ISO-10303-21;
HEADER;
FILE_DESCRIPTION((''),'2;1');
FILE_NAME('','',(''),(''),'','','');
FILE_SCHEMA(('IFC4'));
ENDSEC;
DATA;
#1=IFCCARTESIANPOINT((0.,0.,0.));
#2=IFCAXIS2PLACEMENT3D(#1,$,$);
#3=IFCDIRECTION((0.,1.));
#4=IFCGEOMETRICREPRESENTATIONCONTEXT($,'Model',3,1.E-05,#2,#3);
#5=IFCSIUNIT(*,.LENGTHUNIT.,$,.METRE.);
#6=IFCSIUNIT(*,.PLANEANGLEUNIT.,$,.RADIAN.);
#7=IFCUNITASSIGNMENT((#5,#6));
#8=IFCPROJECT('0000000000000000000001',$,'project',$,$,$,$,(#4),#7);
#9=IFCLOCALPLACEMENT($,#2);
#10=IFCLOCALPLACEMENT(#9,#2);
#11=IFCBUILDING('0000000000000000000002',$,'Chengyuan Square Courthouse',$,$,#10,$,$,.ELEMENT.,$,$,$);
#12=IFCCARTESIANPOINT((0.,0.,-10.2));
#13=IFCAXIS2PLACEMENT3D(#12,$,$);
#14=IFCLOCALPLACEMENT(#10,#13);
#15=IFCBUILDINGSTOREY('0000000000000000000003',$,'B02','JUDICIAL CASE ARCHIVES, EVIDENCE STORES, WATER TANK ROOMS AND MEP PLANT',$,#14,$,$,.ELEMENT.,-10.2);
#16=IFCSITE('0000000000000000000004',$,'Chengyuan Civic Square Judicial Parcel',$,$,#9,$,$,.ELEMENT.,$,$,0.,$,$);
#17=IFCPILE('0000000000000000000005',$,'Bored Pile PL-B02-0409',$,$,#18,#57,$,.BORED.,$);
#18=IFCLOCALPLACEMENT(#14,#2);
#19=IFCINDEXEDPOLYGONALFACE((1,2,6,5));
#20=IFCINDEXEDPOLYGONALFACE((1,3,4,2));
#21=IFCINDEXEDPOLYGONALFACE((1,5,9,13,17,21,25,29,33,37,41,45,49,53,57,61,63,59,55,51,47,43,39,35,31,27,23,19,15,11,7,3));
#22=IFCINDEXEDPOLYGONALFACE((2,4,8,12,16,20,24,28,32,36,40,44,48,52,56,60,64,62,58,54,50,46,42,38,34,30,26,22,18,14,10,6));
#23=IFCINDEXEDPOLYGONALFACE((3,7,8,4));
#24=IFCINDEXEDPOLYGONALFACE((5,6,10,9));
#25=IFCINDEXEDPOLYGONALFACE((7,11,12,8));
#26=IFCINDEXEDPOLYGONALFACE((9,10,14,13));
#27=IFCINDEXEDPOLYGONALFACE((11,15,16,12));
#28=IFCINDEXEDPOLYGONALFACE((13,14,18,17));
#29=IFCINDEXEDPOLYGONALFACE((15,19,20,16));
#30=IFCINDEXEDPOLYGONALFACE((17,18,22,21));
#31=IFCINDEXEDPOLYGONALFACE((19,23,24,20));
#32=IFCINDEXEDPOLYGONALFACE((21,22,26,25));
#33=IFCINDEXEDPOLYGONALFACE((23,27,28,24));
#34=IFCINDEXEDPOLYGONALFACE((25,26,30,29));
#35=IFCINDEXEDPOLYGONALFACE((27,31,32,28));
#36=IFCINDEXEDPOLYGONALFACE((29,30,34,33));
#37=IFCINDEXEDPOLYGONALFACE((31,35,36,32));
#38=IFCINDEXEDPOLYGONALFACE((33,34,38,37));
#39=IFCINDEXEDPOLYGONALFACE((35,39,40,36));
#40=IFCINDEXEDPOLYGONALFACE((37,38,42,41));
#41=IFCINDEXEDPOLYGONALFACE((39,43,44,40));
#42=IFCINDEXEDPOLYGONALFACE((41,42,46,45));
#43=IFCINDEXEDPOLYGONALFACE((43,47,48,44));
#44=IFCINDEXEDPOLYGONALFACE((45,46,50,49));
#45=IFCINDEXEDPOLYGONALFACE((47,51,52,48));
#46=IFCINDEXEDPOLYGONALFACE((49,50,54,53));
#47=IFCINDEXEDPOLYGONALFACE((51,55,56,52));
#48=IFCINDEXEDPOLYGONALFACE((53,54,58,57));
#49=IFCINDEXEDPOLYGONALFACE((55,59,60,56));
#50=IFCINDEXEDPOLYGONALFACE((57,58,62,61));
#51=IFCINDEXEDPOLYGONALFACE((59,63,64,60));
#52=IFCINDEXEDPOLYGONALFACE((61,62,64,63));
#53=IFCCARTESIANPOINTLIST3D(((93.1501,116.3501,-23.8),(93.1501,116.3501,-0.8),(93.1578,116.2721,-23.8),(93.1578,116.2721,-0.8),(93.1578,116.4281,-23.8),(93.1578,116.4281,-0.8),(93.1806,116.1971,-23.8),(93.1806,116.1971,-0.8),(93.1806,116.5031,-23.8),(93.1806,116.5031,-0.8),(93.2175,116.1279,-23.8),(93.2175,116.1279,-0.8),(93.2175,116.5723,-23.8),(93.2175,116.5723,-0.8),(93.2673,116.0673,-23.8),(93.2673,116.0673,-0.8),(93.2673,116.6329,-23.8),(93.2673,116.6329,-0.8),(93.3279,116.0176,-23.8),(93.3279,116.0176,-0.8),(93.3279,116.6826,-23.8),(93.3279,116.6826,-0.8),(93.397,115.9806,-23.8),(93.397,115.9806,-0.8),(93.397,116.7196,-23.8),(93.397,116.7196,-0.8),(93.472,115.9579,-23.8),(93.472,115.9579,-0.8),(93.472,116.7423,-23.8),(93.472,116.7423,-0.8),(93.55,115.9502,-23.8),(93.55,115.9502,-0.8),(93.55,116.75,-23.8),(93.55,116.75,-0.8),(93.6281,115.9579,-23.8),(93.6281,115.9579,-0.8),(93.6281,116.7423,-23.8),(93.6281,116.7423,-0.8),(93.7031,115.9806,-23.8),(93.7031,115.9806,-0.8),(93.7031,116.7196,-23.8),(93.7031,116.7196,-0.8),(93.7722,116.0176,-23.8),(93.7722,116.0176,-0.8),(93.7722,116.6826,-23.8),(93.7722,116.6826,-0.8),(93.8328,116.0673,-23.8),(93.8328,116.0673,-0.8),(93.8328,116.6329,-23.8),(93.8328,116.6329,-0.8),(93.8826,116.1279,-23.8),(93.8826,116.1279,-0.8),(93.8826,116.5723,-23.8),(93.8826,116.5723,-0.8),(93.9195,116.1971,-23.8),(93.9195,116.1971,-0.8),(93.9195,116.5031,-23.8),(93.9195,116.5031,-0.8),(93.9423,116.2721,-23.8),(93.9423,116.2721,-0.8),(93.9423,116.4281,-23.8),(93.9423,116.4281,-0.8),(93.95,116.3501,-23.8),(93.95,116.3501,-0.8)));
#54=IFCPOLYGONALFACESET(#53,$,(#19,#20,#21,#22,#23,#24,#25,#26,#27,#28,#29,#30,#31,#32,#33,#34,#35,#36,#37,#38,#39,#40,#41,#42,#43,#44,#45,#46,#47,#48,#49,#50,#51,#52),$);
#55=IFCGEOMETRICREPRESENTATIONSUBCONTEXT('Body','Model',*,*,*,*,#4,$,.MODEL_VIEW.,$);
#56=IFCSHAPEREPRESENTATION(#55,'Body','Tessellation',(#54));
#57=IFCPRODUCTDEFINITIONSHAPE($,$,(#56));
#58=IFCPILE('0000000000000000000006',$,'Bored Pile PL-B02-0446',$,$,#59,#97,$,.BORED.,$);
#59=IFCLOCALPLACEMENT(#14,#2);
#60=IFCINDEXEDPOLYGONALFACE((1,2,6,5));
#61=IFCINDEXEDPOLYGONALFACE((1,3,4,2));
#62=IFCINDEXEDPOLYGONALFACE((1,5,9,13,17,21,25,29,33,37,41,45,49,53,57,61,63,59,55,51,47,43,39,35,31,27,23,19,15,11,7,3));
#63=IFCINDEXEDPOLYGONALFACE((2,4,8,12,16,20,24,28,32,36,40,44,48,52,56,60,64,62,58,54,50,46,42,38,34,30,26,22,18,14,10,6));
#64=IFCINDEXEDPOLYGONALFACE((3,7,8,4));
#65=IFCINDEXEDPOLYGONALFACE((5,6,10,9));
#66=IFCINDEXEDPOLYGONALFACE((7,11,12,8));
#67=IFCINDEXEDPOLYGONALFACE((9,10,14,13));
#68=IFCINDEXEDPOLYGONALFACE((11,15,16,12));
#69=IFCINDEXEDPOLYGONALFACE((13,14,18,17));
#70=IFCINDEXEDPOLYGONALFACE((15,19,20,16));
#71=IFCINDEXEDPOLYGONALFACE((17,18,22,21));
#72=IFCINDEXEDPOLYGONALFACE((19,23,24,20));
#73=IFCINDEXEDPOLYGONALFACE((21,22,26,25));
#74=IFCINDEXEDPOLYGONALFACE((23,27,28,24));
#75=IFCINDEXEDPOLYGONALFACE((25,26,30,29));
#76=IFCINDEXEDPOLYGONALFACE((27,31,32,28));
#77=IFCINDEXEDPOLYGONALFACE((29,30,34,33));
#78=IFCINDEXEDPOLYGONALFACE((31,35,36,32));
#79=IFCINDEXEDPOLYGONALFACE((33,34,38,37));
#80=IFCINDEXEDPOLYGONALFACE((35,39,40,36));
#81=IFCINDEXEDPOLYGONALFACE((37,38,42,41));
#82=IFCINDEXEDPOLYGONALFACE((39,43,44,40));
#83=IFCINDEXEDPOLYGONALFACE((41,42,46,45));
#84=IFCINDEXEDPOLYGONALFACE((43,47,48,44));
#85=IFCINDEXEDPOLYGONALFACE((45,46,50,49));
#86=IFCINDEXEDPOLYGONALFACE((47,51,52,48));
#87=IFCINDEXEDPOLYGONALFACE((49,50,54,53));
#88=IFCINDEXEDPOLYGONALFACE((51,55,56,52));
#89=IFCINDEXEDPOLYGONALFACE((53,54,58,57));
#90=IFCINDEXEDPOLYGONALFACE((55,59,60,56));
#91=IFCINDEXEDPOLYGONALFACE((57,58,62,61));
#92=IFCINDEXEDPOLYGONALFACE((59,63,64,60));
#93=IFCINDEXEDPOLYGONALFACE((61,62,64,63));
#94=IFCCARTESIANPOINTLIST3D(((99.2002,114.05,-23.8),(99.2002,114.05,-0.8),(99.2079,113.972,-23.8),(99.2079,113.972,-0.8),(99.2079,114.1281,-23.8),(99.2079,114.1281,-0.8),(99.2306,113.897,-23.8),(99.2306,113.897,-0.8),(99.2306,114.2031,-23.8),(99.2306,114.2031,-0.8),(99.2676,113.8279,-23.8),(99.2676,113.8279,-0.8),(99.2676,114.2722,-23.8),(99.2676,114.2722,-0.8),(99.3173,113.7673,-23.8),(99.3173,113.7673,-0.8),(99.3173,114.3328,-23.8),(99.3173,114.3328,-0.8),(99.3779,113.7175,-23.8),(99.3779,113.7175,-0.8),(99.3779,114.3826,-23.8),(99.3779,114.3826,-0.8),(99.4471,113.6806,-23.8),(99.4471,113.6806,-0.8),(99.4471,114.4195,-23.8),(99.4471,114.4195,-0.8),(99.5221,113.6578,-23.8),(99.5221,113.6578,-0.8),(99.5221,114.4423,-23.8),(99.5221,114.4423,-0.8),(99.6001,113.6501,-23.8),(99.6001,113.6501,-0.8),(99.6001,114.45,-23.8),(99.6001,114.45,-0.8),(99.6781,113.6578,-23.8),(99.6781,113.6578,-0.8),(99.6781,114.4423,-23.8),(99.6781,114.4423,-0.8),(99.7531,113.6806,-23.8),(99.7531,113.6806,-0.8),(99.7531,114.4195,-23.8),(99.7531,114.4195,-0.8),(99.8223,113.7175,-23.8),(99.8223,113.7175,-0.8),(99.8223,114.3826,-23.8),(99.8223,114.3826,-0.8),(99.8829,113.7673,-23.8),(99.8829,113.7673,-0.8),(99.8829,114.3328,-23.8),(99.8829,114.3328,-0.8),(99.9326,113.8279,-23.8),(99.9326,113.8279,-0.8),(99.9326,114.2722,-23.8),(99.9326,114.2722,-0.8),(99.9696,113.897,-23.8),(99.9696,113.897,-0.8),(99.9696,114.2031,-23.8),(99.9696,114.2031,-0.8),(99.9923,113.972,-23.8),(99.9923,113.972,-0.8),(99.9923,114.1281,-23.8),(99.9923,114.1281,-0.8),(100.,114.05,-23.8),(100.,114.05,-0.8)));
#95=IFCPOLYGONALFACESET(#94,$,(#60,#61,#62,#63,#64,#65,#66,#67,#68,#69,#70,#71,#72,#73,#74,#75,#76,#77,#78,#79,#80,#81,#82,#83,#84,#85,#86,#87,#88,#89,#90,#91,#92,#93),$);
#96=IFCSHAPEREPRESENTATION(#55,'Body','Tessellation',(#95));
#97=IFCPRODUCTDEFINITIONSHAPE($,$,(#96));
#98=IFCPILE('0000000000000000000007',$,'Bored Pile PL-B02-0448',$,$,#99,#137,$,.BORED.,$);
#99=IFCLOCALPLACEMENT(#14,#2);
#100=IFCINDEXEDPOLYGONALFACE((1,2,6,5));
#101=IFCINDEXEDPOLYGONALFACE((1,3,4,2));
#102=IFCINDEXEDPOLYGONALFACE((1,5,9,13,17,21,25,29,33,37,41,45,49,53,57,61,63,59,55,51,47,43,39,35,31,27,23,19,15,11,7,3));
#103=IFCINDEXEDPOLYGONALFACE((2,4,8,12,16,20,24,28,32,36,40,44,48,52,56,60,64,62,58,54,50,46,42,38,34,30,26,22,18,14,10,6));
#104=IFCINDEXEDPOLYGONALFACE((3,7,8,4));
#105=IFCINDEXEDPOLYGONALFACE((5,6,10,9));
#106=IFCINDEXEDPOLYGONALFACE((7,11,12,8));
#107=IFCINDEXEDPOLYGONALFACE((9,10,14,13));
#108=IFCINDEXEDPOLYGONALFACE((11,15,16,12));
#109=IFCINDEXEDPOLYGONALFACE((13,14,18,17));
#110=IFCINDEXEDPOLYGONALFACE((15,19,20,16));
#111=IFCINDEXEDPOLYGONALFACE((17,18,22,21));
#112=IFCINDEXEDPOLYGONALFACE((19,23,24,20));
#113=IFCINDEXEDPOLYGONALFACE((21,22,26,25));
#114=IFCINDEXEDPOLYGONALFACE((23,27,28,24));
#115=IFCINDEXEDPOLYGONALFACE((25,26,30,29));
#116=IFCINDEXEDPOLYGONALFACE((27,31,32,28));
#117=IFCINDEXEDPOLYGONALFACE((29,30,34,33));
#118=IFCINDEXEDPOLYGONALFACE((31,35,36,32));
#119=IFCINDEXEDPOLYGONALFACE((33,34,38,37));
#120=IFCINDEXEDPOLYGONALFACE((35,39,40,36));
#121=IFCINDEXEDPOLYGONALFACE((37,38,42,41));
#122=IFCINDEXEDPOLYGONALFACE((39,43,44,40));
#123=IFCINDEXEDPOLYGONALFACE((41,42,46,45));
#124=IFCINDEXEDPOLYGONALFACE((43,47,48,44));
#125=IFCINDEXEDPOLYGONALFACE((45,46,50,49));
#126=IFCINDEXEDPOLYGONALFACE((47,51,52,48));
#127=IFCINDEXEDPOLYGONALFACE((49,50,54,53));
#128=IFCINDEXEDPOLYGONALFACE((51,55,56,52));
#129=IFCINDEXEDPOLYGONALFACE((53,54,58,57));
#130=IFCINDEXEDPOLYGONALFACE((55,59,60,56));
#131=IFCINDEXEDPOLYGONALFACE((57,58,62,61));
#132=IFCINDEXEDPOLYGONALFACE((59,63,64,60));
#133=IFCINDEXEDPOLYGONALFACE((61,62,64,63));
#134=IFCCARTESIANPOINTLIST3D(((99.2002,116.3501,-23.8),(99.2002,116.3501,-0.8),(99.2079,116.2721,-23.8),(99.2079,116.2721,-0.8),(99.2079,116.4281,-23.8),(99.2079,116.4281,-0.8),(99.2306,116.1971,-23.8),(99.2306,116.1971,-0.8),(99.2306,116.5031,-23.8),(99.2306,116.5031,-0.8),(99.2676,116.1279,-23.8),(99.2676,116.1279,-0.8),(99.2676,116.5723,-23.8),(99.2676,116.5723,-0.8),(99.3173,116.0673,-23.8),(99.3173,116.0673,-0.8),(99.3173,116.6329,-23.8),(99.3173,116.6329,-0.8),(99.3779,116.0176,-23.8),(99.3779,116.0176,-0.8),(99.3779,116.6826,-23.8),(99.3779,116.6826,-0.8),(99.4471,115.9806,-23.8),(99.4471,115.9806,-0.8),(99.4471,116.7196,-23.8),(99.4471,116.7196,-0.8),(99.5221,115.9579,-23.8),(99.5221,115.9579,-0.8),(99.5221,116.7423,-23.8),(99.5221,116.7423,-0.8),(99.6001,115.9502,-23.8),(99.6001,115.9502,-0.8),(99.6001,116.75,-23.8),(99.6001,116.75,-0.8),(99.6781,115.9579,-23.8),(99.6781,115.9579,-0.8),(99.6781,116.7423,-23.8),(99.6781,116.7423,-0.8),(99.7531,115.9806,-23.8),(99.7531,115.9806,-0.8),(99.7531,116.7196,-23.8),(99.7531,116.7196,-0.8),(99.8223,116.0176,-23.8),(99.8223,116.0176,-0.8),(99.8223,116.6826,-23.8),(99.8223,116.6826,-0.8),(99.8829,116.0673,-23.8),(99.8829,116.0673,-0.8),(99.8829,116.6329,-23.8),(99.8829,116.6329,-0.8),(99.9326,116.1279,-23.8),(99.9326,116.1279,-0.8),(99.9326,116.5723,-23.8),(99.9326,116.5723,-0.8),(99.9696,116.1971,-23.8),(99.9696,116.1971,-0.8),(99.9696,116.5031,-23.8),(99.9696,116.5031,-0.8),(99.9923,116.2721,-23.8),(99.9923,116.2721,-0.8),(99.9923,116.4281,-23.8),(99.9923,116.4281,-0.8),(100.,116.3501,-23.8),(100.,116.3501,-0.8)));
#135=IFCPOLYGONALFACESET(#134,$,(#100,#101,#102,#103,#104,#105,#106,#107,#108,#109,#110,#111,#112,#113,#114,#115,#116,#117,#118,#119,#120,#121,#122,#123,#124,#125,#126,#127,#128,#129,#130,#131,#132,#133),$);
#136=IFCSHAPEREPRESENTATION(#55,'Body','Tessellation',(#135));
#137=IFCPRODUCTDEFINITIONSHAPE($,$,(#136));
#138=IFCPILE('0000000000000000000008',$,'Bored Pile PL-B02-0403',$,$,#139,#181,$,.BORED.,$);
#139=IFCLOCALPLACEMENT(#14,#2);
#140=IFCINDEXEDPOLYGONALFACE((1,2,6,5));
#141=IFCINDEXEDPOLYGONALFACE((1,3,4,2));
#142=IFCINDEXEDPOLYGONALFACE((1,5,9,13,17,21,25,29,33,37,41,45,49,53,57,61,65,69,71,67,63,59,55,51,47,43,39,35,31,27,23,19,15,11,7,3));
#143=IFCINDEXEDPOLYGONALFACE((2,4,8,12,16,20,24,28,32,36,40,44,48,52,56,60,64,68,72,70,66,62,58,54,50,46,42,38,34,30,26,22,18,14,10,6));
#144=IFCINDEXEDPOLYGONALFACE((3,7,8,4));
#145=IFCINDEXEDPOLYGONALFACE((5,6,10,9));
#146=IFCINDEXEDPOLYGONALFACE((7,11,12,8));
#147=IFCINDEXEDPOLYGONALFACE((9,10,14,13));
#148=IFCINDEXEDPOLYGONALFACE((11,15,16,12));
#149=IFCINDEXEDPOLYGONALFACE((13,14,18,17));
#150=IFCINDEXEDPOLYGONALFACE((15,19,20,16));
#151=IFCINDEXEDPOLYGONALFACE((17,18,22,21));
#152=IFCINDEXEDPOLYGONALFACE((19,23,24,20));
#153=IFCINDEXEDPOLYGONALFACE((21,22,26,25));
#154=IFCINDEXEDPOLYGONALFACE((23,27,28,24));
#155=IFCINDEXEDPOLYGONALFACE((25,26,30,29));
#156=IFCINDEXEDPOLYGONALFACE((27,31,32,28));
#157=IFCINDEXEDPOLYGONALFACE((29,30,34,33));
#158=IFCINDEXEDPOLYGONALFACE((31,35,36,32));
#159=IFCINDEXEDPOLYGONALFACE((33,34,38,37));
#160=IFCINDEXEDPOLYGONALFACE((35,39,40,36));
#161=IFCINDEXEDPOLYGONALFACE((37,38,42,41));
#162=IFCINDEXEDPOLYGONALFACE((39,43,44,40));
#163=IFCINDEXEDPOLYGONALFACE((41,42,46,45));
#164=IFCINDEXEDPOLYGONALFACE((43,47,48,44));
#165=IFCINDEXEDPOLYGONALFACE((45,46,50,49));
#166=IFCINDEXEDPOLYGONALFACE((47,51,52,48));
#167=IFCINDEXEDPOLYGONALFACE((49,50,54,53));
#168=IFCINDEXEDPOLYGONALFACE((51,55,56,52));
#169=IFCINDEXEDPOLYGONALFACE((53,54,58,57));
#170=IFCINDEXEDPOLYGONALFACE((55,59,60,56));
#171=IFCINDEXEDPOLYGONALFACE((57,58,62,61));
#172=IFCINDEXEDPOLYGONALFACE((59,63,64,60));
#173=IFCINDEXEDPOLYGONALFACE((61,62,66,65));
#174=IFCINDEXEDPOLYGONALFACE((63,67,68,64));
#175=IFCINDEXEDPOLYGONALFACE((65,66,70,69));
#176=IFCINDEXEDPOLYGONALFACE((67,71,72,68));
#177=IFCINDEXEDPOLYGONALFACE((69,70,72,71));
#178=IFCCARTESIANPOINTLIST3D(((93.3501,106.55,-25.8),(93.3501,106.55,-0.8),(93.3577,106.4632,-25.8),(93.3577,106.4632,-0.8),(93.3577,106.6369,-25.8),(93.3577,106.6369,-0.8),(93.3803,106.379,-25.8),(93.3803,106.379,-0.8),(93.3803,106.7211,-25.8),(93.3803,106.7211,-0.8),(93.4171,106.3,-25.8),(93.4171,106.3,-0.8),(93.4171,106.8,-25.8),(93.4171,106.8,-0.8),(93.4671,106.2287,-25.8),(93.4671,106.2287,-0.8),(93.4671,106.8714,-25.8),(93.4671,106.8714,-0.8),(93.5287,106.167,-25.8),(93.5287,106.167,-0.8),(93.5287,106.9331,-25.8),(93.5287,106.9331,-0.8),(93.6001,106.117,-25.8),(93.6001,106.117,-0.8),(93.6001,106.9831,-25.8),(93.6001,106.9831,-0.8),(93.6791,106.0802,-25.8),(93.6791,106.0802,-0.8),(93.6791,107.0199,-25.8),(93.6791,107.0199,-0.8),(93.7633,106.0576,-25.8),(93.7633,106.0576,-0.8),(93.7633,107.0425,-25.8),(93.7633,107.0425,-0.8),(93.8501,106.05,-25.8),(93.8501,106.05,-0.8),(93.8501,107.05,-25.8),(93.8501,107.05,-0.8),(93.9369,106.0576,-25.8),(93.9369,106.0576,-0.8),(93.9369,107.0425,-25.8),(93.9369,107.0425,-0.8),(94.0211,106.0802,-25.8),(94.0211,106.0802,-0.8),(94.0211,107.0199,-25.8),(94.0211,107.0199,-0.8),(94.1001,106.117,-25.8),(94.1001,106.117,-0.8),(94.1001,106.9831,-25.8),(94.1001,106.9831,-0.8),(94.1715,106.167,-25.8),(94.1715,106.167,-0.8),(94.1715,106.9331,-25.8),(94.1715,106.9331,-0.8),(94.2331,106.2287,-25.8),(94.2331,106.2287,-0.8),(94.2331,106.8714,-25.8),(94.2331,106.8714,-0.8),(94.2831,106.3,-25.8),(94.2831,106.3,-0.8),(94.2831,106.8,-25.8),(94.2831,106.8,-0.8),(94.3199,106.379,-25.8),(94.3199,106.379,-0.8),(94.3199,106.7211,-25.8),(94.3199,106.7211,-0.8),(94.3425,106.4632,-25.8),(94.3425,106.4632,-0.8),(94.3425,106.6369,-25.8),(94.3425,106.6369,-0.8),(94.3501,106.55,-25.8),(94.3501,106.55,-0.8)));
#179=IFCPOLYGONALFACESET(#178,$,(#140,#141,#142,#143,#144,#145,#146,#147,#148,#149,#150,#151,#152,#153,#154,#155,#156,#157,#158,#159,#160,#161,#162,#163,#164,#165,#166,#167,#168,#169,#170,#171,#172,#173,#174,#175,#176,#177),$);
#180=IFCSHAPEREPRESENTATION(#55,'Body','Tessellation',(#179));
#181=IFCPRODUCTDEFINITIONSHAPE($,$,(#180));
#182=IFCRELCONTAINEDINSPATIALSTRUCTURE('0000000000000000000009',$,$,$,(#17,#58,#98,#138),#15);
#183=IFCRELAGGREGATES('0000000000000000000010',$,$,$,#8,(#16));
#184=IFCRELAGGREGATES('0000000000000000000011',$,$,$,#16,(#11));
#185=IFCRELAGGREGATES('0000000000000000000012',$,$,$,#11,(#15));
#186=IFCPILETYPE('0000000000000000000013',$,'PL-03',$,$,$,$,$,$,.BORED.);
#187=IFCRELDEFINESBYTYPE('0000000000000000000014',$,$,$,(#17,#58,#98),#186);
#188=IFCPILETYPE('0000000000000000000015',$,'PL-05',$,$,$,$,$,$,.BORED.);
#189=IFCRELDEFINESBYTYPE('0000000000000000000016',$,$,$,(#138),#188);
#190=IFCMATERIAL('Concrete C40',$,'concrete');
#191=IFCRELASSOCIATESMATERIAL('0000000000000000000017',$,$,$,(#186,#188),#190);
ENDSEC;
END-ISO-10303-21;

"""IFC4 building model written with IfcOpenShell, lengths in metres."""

from ifc_helpers import new_model, si_unit, direction, frame, origin, origin_2d, place, context, subcontext, project, spatial, circle, extrude, material, material_profile, profile_set, type_object, element, save


model = new_model("IFC4")

# Units and contexts
model_context = context("Model", 3, precision=1e-05, world=origin(), true_north=direction((0.0, 1.0)))
body_context = subcontext(model_context, "Body", "Model", "MODEL_VIEW")
ifc_project = project(units=[si_unit("LENGTHUNIT", "METRE"), si_unit("PLANEANGLEUNIT", "RADIAN")], contexts=[model_context])

# Site, building, storey
site_placement = place(None, origin())
site = spatial("IfcSite", under=ifc_project, at=site_placement, Name="Chengyuan Civic Square Judicial Parcel", CompositionType="ELEMENT", RefElevation=0.0)
building_placement = place(site_placement, origin())
building = spatial("IfcBuilding", under=site, at=building_placement, Name="Chengyuan Square Courthouse", CompositionType="ELEMENT")
storey_placement = place(building_placement, frame((0.0, 0.0, -10.2)))
storey = spatial("IfcBuildingStorey", under=building, at=storey_placement, Name="B02", Description="JUDICIAL CASE ARCHIVES, EVIDENCE STORES, WATER TANK ROOMS AND MEP PLANT", CompositionType="ELEMENT", Elevation=-10.2)

# Shared definitions
ifc_material_1 = material(Name="Concrete C40", Category="concrete")

# Piles
ifc_material_profile_1 = material_profile(ifc_material_1, circle(Radius=0.3999, at=origin_2d()), Name="BORED PILE D800")
ifc_profile_set_1 = profile_set([ifc_material_profile_1], Name="Concrete C40")
pile_type_1 = type_object("IfcPileType", Name="PL-03", PredefinedType="BORED", material=ifc_profile_set_1)
for number, where, z_axis, x_axis, name in (
    (1, (93.55, 116.3501, -0.8), (0.0, 0.0, -1.0), (1.0, 0.0, 0.0), "Bored Pile PL-B02-0409"),
    (2, (99.6001, 114.05, -0.8), (0.0, 0.0, -1.0), (1.0, 0.0, 0.0), "Bored Pile PL-B02-0446"),
    (3, (99.6001, 116.3501, -0.8), (0.0, 0.0, -1.0), (1.0, 0.0, 0.0), "Bored Pile PL-B02-0448"),
):
    element("IfcPile", number, at=place(storey_placement, frame(where, z_axis=z_axis, x_axis=x_axis)), inside=storey, type_object=pile_type_1, Name=name, PredefinedType="BORED", context=body_context, shape_type="SweptSolid", body=[
        extrude(circle(Radius=0.3999, at=origin_2d()), origin(), (0.0, 0.0, 1.0), 23.0),
    ])
ifc_material_profile_2 = material_profile(ifc_material_1, circle(Radius=0.5, at=origin_2d()), Name="BORED PILE D1000")
ifc_profile_set_2 = profile_set([ifc_material_profile_2], Name="Concrete C40")
pile_type_2 = type_object("IfcPileType", Name="PL-05", PredefinedType="BORED", material=ifc_profile_set_2)
for number, where, z_axis, x_axis, name in (
    (4, (93.8501, 106.55, -0.8), (0.0, 0.0, -1.0), (1.0, 0.0, 0.0), "Bored Pile PL-B02-0403"),
):
    element("IfcPile", number, at=place(storey_placement, frame(where, z_axis=z_axis, x_axis=x_axis)), inside=storey, type_object=pile_type_2, Name=name, PredefinedType="BORED", context=body_context, shape_type="SweptSolid", body=[
        extrude(circle(Radius=0.5, at=origin_2d()), origin(), (0.0, 0.0, 1.0), 25.0),
    ])

save(model, "model.ifc")
